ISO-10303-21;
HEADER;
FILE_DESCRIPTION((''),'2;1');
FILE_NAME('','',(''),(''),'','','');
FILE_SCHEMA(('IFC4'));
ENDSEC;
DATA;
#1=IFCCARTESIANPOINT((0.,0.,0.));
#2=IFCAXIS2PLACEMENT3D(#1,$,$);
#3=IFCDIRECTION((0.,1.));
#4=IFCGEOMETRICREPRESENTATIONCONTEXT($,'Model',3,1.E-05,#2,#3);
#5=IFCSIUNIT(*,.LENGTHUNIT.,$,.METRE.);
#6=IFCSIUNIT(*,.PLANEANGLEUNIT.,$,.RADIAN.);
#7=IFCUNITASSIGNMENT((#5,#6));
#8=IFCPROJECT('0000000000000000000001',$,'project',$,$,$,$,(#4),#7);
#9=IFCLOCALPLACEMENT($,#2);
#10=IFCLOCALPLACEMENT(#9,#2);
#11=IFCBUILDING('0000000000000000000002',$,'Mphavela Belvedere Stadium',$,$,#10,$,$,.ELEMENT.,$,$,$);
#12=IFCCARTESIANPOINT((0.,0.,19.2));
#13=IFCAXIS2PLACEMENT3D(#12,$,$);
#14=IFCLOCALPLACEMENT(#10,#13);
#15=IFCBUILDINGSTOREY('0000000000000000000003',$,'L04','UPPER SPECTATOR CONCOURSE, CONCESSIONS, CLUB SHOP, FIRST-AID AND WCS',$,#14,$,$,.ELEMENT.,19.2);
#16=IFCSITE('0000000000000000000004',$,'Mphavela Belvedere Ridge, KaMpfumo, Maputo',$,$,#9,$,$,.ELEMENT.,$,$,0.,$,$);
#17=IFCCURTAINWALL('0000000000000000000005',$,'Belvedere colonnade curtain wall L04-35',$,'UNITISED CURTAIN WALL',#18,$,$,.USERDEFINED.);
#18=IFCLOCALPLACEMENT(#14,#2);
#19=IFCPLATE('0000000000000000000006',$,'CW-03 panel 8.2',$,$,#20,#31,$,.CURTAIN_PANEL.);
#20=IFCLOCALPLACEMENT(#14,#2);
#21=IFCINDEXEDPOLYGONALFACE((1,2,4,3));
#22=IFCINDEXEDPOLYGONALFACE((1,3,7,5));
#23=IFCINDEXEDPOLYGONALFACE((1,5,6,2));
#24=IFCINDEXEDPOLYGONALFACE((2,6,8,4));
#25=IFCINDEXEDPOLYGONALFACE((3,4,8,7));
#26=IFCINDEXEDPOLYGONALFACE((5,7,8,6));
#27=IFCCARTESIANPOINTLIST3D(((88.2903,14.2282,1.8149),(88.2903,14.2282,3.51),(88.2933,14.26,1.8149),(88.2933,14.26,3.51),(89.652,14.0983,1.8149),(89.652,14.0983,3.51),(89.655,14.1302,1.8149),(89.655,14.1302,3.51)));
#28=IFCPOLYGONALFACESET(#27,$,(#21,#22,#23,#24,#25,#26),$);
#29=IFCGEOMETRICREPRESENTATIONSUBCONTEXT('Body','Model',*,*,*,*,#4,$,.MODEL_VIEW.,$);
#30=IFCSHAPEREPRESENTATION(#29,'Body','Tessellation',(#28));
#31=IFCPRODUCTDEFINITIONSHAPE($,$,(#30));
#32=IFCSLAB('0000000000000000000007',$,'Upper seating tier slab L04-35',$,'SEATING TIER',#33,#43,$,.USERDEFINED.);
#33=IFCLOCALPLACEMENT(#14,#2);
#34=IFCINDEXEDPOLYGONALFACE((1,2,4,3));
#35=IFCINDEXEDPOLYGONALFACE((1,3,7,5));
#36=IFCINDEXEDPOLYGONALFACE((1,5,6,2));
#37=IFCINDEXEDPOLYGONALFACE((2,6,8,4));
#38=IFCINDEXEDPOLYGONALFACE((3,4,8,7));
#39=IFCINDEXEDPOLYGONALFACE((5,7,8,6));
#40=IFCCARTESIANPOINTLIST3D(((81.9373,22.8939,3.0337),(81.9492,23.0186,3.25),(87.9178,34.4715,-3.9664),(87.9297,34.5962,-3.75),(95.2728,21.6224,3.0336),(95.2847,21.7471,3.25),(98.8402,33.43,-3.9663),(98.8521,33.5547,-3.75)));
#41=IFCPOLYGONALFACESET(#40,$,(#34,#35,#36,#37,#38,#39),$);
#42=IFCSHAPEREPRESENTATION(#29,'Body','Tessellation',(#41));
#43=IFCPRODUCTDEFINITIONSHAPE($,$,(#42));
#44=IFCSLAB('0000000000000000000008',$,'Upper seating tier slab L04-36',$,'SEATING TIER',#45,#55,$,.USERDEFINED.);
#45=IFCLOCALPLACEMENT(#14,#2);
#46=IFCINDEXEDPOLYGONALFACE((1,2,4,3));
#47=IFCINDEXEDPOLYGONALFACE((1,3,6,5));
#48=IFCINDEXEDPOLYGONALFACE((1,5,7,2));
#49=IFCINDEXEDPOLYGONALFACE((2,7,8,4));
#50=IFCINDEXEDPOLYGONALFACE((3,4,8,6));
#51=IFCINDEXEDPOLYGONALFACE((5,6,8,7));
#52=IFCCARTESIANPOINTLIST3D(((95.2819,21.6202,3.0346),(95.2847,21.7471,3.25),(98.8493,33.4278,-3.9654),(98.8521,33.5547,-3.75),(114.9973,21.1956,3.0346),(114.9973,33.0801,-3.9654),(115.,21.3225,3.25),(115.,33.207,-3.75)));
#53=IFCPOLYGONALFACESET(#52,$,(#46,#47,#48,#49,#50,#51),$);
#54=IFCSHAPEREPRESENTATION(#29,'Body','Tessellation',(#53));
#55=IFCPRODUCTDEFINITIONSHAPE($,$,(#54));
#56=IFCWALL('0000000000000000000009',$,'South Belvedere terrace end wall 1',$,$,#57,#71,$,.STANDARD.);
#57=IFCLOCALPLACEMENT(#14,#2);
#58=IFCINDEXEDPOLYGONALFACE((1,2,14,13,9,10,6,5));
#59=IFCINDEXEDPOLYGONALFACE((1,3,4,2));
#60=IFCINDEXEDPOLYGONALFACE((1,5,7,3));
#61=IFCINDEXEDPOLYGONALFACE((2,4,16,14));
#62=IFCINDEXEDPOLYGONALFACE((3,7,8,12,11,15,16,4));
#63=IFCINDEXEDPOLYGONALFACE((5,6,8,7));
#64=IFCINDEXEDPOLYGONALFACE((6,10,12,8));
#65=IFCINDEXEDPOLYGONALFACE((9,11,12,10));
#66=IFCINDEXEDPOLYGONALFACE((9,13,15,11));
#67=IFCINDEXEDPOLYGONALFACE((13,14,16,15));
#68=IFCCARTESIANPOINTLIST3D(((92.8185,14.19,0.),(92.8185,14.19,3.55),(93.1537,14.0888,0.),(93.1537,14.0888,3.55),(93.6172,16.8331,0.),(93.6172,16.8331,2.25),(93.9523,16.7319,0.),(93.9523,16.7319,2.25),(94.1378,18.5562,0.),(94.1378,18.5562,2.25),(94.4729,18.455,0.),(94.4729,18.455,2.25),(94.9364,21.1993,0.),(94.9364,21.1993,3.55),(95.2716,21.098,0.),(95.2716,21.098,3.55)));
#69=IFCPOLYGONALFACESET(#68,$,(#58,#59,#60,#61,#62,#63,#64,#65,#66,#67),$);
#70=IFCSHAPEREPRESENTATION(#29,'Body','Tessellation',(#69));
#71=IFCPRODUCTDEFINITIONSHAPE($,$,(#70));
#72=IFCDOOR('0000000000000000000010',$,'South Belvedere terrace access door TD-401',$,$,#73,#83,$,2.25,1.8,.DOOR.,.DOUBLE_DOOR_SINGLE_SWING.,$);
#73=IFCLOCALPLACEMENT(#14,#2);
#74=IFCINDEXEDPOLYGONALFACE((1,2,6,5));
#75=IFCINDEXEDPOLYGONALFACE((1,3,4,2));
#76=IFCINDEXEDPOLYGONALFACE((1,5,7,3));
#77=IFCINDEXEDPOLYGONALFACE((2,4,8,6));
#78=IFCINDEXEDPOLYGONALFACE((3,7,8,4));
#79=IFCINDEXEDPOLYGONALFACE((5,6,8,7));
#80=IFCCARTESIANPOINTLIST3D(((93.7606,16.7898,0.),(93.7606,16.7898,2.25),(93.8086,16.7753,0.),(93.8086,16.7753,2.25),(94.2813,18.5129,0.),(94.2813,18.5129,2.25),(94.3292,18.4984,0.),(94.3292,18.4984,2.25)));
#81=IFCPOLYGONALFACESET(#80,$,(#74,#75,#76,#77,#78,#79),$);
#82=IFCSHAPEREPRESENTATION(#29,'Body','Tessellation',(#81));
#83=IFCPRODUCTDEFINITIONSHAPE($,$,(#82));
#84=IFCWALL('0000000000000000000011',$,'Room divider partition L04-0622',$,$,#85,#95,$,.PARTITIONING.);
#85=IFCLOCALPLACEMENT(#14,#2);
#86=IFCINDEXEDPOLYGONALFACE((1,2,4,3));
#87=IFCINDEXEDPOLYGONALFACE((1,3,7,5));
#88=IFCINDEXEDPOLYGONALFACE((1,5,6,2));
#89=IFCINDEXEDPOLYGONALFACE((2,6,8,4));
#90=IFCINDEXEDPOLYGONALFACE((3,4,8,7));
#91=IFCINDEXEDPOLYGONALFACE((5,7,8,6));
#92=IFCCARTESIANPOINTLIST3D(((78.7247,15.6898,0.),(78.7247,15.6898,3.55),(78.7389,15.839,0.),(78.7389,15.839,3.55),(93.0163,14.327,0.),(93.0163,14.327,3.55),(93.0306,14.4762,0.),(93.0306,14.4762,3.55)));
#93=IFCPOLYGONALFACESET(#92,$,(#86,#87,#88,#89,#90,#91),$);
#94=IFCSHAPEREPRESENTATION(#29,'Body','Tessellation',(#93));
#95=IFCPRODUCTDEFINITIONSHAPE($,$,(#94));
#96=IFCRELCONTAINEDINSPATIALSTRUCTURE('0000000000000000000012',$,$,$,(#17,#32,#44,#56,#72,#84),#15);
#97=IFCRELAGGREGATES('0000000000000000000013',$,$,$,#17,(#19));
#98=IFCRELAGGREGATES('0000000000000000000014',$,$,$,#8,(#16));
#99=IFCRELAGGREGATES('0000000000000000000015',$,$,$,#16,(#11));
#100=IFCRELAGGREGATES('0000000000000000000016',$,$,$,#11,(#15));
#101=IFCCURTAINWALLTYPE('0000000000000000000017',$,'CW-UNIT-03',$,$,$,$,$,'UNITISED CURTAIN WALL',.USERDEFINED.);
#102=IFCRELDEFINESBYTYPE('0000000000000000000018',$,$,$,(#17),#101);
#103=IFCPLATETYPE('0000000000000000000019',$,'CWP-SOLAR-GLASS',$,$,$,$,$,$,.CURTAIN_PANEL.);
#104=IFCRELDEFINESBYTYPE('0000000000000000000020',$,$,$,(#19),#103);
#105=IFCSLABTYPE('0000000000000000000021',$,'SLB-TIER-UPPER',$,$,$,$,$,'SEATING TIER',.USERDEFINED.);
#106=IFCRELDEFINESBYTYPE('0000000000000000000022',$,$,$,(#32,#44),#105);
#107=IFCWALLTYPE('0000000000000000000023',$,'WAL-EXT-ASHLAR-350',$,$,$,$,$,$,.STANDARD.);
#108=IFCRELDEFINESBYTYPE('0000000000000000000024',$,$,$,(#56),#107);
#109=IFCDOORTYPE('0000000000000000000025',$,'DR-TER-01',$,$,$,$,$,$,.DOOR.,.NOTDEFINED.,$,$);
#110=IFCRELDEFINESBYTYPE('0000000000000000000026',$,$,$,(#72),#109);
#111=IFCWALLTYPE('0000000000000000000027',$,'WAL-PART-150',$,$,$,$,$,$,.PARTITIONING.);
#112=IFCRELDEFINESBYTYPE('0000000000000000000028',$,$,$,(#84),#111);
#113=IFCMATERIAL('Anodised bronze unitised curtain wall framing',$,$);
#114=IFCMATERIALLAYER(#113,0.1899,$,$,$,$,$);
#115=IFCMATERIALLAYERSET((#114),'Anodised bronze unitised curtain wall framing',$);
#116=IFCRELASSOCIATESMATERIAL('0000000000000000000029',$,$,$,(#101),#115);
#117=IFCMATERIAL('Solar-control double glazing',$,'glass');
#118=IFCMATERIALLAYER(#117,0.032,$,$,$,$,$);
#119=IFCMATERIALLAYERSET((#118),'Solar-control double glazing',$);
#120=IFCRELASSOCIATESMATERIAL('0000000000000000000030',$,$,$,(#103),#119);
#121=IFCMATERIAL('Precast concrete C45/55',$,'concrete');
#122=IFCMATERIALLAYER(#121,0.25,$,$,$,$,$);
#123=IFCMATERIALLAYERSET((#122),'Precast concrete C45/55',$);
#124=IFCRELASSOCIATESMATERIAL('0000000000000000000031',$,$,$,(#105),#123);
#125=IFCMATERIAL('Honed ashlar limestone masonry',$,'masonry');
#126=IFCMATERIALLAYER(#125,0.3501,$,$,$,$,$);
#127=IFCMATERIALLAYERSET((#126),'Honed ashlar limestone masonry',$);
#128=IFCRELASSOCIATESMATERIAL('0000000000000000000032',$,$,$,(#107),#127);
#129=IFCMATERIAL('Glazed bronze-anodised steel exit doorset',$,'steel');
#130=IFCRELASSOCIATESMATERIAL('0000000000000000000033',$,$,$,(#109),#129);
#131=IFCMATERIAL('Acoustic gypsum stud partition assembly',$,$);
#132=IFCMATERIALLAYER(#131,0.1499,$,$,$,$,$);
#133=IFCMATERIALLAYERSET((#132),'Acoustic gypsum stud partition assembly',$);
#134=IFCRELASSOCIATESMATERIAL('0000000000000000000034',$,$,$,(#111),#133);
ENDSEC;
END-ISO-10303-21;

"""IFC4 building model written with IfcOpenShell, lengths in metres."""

from ifc_helpers import new_model, si_unit, direction, frame, frame_2d, origin, origin_2d, place, context, subcontext, project, spatial, polyline, rectangle, outline, extrude, material, layer, layer_set, type_object, element, fill, aggregate, save


model = new_model("IFC4")

# Units and contexts
model_context = context("Model", 3, precision=1e-05, world=origin(), true_north=direction((0.0, 1.0)))
body_context = subcontext(model_context, "Body", "Model", "MODEL_VIEW")
ifc_project = project(units=[si_unit("LENGTHUNIT", "METRE"), si_unit("PLANEANGLEUNIT", "RADIAN")], contexts=[model_context])

# Site, building, storey
site_placement = place(None, origin())
site = spatial("IfcSite", under=ifc_project, at=site_placement, Name="Mphavela Belvedere Ridge, KaMpfumo, Maputo", CompositionType="ELEMENT", RefElevation=0.0)
building_placement = place(site_placement, origin())
building = spatial("IfcBuilding", under=site, at=building_placement, Name="Mphavela Belvedere Stadium", CompositionType="ELEMENT")
storey_placement = place(building_placement, frame((0.0, 0.0, 19.2)))
storey = spatial("IfcBuildingStorey", under=building, at=storey_placement, Name="L04", Description="UPPER SPECTATOR CONCOURSE, CONCESSIONS, CLUB SHOP, FIRST-AID AND WCS", CompositionType="ELEMENT", Elevation=19.2)

# Curtain wall, plate
ifc_material_1 = material(Name="Anodised bronze unitised curtain wall framing")
ifc_layer_1 = layer(ifc_material_1, 0.1899)
ifc_layer_set_1 = layer_set([ifc_layer_1], Name="Anodised bronze unitised curtain wall framing")
curtain_wall_type = type_object("IfcCurtainWallType", Name="CW-UNIT-03", ElementType="UNITISED CURTAIN WALL", PredefinedType="USERDEFINED", material=ifc_layer_set_1)
curtain_wall_placement = place(storey_placement, origin())
curtain_wall = element("IfcCurtainWall", 1, at=curtain_wall_placement, inside=storey, type_object=curtain_wall_type, Name="Belvedere colonnade curtain wall L04-35", ObjectType="UNITISED CURTAIN WALL", PredefinedType="USERDEFINED")
ifc_material_2 = material(Name="Solar-control double glazing", Category="glass")
ifc_layer_2 = layer(ifc_material_2, 0.032)
ifc_layer_set_2 = layer_set([ifc_layer_2], Name="Solar-control double glazing")
plate_type = type_object("IfcPlateType", Name="CWP-SOLAR-GLASS", PredefinedType="CURTAIN_PANEL", material=ifc_layer_set_2)
plate_1_placement = place(storey_placement, frame((88.9727, 14.1792, 1.8149), z_axis=(0.0, 0.0, 1.0), x_axis=(0.995484, -0.094933, 0.0)))
plate_1 = element("IfcPlate", 2, at=plate_1_placement, type_object=plate_type, Name="CW-03 panel 8.2", PredefinedType="CURTAIN_PANEL", context=body_context, shape_type="SweptSolid", body=[
    extrude(rectangle(XDim=1.3679, YDim=0.032, at=origin_2d()), origin(), (0.0, 0.0, 1.0), 1.6951),
])
aggregate(curtain_wall, [plate_1])

# Slabs
ifc_material_3 = material(Name="Precast concrete C45/55", Category="concrete")
ifc_layer_3 = layer(ifc_material_3, 0.25)
ifc_layer_set_3 = layer_set([ifc_layer_3], Name="Precast concrete C45/55")
slab_type = type_object("IfcSlabType", Name="SLB-TIER-UPPER", ElementType="SEATING TIER", PredefinedType="USERDEFINED", material=ifc_layer_set_3)
slab_1_placement = place(storey_placement, frame((87.9297, 34.5962, -3.75), z_axis=(0.047552, 0.49871, 0.865463), x_axis=(0.995485, -0.094923, 0.000002)))
element("IfcSlab", 3, at=slab_1_placement, inside=storey, type_object=slab_type, Name="Upper seating tier slab L04-35", ObjectType="SEATING TIER", PredefinedType="USERDEFINED", context=body_context, shape_type="SweptSolid", body=[
    extrude(outline(polyline([(0.0, 0.0), (10.9719, 0.0), (8.5415, -13.9728), (-4.8545, -13.9729), (0.0, 0.0)])), origin(), (0.0, 0.0, -1.0), 0.25),
])
slab_2_placement = place(storey_placement, frame((98.8521, 33.5547, -3.75), z_axis=(0.010927, 0.507482, 0.861593), x_axis=(0.999768, -0.021525, -0.000001)))
element("IfcSlab", 4, at=slab_2_placement, inside=storey, type_object=slab_type, Name="Upper seating tier slab L04-36", ObjectType="SEATING TIER", PredefinedType="USERDEFINED", context=body_context, shape_type="SweptSolid", body=[
    extrude(outline(polyline([(0.0, 0.0), (16.1517, 0.0), (16.4075, -13.7904), (-3.3124, -13.7904), (0.0, 0.0)])), origin(), (0.0, 0.0, -1.0), 0.25),
])

# Wall, opening, door
ifc_material_4 = material(Name="Honed ashlar limestone masonry", Category="masonry")
ifc_layer_4 = layer(ifc_material_4, 0.3501)
ifc_layer_set_4 = layer_set([ifc_layer_4], Name="Honed ashlar limestone masonry")
wall_type_1 = type_object("IfcWallType", Name="WAL-EXT-ASHLAR-350", PredefinedType="STANDARD", material=ifc_layer_set_4)
wall_1_placement = place(storey_placement, frame((95.104, 21.1487, 0.0), z_axis=(0.0, 0.0, 1.0), x_axis=(-0.289244, -0.957255, 0.0)))
wall_1 = element("IfcWall", 5, at=wall_1_placement, inside=storey, type_object=wall_type_1, Name="South Belvedere terrace end wall 1", PredefinedType="STANDARD", context=body_context, shape_type="SweptSolid", body=[
    extrude(rectangle(XDim=7.3223, YDim=0.3501, at=frame_2d((3.6611, 0.0))), origin(), (0.0, 0.0, 1.0), 3.55),
])
opening_placement = place(wall_1_placement, frame((2.7612, 0.0, 0.0)))
opening = element("IfcOpeningElement", 6, at=opening_placement, cuts=wall_1, PredefinedType="OPENING", context=body_context, shape_type="SweptSolid", body=[
    extrude(rectangle(XDim=1.8, YDim=2.25, at=frame_2d((0.8999, 1.125))), frame((0.0, 0.1851, 0.0), z_axis=(0.0, -1.0, 0.0), x_axis=(1.0, 0.0, 0.0)), (0.0, 0.0, 1.0), 0.3701),
])
ifc_material_5 = material(Name="Glazed bronze-anodised steel exit doorset", Category="steel")
door_type = type_object("IfcDoorType", Name="DR-TER-01", OperationType="NOTDEFINED", PredefinedType="DOOR", material=ifc_material_5)
door_placement = place(opening_placement, origin())
door = element("IfcDoor", 7, at=door_placement, inside=storey, type_object=door_type, Name="South Belvedere terrace access door TD-401", OperationType="DOUBLE_DOOR_SINGLE_SWING", OverallHeight=2.25, OverallWidth=1.8, PredefinedType="DOOR", context=body_context, shape_type="SweptSolid", body=[
    extrude(rectangle(XDim=1.8, YDim=2.25, at=frame_2d((0.8999, 1.125))), frame((0.0, 0.0249, 0.0), z_axis=(0.0, -1.0, 0.0), x_axis=(1.0, 0.0, 0.0)), (0.0, 0.0, 1.0), 0.05),
])
fill(opening, door)

# Wall
ifc_material_6 = material(Name="Acoustic gypsum stud partition assembly")
ifc_layer_5 = layer(ifc_material_6, 0.1499)
ifc_layer_set_5 = layer_set([ifc_layer_5], Name="Acoustic gypsum stud partition assembly")
wall_type_2 = type_object("IfcWallType", Name="WAL-PART-150", PredefinedType="PARTITIONING", material=ifc_layer_set_5)
wall_2_placement = place(storey_placement, frame((93.0234, 14.4016, 0.0), z_axis=(0.0, 0.0, 1.0), x_axis=(-0.995484, 0.094926, 0.0)))
element("IfcWall", 8, at=wall_2_placement, inside=storey, type_object=wall_type_2, Name="Room divider partition L04-0622", PredefinedType="PARTITIONING", context=body_context, shape_type="SweptSolid", body=[
    extrude(rectangle(XDim=14.3564, YDim=0.1499, at=frame_2d((7.1782, 0.0))), origin(), (0.0, 0.0, 1.0), 3.55),
])

save(model, "model.ifc")
